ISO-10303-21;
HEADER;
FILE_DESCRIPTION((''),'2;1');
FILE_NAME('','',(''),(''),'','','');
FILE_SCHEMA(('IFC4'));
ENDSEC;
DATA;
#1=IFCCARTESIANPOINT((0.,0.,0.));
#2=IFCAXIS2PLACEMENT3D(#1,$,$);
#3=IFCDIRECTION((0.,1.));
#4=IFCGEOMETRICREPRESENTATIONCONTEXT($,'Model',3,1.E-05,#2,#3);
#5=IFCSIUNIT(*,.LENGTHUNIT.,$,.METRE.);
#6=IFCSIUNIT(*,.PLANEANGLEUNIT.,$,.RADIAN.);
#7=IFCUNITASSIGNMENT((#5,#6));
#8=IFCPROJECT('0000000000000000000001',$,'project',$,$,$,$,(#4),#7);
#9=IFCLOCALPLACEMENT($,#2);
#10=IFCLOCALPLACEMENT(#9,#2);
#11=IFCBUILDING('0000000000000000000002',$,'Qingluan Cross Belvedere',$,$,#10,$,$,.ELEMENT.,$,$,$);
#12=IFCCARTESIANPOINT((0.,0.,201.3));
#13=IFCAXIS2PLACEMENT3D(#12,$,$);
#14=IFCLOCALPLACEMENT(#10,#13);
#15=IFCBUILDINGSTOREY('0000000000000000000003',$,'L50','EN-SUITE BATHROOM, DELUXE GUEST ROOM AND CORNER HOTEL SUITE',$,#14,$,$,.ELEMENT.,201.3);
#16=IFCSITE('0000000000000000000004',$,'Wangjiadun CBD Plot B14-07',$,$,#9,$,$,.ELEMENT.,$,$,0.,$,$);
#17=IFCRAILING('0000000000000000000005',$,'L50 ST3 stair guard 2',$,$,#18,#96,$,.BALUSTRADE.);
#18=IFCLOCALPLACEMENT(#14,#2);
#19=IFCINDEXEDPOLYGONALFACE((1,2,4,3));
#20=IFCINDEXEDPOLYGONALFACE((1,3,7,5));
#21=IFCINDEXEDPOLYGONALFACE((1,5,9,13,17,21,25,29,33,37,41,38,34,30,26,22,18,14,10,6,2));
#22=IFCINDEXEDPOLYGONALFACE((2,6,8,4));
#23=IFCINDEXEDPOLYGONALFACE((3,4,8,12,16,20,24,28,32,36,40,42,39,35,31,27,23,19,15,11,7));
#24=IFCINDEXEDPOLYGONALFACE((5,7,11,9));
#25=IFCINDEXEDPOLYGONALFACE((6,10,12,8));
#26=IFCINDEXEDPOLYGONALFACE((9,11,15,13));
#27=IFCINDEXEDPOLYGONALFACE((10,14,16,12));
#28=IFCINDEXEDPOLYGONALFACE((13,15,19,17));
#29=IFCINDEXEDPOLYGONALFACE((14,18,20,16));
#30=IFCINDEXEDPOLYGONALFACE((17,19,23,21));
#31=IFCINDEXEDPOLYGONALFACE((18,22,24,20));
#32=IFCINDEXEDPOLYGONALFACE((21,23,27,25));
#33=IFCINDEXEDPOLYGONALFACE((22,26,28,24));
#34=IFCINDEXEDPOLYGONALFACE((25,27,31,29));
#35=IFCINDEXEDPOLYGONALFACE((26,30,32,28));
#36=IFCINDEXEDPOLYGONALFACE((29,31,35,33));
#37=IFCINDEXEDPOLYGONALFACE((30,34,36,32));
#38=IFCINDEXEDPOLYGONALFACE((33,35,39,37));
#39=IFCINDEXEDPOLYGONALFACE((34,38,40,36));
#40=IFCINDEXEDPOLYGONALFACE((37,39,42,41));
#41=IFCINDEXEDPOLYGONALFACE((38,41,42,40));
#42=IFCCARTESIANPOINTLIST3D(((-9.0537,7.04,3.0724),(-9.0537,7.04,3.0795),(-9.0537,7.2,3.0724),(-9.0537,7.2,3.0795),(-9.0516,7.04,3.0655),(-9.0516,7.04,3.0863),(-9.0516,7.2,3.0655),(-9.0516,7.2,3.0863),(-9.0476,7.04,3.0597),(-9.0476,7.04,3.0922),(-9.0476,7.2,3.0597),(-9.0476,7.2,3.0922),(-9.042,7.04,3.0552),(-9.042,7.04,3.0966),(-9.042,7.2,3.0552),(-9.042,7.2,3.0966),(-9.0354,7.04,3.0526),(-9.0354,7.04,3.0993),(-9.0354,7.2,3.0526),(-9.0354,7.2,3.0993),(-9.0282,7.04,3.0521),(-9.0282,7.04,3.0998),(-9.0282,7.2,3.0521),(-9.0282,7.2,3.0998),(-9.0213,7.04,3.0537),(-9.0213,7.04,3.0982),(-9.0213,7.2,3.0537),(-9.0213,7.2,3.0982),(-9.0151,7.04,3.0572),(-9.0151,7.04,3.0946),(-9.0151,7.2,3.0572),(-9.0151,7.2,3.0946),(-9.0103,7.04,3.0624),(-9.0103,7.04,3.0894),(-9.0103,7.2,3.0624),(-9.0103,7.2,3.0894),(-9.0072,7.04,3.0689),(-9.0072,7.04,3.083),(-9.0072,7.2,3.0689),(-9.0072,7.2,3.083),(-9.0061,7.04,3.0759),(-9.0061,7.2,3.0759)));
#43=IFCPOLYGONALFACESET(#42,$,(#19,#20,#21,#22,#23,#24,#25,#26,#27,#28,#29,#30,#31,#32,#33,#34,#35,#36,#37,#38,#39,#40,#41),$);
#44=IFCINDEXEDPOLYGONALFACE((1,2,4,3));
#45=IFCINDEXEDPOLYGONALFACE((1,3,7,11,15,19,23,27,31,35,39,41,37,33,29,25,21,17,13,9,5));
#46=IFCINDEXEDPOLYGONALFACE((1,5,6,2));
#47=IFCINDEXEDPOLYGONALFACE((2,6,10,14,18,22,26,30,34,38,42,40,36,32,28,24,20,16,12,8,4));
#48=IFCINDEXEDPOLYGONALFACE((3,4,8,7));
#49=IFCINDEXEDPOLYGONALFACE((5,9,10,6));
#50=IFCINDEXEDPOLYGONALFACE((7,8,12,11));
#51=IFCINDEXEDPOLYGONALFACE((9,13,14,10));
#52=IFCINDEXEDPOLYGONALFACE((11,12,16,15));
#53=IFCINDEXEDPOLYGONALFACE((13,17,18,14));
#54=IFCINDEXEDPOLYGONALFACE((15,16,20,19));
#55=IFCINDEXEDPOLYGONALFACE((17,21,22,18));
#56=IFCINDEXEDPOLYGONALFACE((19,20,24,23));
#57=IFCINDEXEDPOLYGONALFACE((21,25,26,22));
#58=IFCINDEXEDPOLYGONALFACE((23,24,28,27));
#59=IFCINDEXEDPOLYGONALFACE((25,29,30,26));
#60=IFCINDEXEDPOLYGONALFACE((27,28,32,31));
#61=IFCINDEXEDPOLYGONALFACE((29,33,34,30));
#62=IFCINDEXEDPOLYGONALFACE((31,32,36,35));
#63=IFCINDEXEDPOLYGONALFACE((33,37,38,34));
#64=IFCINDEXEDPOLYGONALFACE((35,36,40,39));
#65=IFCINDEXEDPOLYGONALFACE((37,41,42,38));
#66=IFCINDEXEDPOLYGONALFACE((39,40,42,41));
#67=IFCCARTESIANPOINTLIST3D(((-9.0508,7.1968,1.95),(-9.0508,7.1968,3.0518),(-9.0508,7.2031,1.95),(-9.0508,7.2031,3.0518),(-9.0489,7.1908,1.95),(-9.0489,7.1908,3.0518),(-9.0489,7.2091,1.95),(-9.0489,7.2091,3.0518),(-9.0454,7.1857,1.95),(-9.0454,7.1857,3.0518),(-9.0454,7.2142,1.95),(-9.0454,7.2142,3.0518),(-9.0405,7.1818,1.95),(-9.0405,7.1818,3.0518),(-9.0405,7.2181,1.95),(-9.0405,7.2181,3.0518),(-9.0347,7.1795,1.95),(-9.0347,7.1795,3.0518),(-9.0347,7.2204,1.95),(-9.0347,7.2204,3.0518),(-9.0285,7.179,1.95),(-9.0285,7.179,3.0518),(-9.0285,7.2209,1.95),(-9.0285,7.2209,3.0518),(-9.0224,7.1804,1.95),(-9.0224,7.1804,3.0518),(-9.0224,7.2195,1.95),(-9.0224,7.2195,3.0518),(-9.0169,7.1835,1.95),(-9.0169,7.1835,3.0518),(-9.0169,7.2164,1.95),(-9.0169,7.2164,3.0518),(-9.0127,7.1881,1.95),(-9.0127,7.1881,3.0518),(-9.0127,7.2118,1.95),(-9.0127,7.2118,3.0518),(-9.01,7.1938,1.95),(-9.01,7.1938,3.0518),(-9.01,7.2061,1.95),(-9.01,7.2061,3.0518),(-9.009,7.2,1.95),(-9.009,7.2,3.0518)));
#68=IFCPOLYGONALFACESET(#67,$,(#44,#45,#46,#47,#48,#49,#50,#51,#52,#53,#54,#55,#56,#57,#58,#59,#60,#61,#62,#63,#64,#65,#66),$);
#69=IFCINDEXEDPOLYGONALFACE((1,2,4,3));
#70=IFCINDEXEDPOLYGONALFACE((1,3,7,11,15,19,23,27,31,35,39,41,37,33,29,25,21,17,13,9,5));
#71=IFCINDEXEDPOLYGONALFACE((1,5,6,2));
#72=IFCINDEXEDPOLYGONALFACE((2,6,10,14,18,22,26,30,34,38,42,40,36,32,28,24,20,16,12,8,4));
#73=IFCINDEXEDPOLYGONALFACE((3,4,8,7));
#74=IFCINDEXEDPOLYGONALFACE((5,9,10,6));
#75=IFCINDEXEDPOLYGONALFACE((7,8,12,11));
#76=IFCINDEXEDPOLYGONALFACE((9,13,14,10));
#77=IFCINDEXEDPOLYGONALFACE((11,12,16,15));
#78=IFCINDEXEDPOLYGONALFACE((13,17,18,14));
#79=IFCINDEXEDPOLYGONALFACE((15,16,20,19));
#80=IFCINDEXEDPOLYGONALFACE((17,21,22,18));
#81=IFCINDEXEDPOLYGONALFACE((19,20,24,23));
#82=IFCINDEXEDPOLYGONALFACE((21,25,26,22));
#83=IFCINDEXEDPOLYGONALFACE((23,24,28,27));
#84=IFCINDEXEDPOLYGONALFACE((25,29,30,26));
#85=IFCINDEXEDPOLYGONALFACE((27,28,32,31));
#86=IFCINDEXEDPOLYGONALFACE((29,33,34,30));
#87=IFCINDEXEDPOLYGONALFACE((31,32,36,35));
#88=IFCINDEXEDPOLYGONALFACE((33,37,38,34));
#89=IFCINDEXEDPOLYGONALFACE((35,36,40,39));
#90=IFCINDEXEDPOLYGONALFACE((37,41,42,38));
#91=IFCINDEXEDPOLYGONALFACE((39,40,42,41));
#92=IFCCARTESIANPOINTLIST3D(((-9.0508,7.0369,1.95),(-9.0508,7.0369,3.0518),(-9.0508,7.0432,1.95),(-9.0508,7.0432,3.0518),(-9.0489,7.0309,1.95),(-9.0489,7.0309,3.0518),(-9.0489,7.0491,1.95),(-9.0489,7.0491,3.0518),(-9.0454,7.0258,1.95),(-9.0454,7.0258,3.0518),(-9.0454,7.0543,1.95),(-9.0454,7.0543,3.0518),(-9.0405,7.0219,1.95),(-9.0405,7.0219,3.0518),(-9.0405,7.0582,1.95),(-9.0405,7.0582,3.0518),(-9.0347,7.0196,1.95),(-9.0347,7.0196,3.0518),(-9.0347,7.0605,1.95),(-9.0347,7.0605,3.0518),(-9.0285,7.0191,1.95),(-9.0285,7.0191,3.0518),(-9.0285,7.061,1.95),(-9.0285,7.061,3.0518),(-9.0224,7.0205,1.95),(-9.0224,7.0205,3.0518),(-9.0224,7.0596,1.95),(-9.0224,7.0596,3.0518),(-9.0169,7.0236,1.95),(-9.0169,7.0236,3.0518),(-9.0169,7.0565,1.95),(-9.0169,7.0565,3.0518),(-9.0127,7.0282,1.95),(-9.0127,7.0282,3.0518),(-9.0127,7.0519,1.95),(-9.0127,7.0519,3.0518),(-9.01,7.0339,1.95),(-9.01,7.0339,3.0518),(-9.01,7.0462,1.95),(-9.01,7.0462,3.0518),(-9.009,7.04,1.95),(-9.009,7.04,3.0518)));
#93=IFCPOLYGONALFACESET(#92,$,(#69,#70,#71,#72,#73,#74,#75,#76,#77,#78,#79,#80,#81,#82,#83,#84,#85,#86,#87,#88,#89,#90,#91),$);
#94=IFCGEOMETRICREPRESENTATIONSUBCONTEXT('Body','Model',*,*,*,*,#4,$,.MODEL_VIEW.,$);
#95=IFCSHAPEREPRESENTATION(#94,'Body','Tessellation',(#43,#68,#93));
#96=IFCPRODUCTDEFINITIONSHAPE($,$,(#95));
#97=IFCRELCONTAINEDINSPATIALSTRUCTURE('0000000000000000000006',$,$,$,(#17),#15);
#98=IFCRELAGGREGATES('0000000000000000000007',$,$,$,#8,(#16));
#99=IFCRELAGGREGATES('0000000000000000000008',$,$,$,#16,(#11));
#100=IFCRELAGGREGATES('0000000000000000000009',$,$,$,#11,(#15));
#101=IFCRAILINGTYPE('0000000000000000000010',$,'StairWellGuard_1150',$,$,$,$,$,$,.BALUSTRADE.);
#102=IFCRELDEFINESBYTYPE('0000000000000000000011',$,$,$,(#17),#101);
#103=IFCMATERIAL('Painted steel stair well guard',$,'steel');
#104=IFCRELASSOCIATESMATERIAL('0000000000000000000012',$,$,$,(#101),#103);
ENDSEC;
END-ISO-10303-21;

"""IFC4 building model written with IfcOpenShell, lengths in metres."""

from ifc_helpers import new_model, si_unit, direction, frame, origin, origin_2d, place, context, subcontext, project, spatial, circle, extrude, material, type_object, element, save


model = new_model("IFC4")

# Units and contexts
model_context = context("Model", 3, precision=1e-05, world=origin(), true_north=direction((0.0, 1.0)))
body_context = subcontext(model_context, "Body", "Model", "MODEL_VIEW")
ifc_project = project(units=[si_unit("LENGTHUNIT", "METRE"), si_unit("PLANEANGLEUNIT", "RADIAN")], contexts=[model_context])

# Site, building, storey
site_placement = place(None, origin())
site = spatial("IfcSite", under=ifc_project, at=site_placement, Name="Wangjiadun CBD Plot B14-07", CompositionType="ELEMENT", RefElevation=0.0)
building_placement = place(site_placement, origin())
building = spatial("IfcBuilding", under=site, at=building_placement, Name="Qingluan Cross Belvedere", CompositionType="ELEMENT")
storey_placement = place(building_placement, frame((0.0, 0.0, 201.3)))
storey = spatial("IfcBuildingStorey", under=building, at=storey_placement, Name="L50", Description="EN-SUITE BATHROOM, DELUXE GUEST ROOM AND CORNER HOTEL SUITE", CompositionType="ELEMENT", Elevation=201.3)

# Railing
ifc_material_1 = material(Name="Painted steel stair well guard", Category="steel")
railing_type_1 = type_object("IfcRailingType", Name="StairWellGuard_1150", PredefinedType="BALUSTRADE", material=ifc_material_1)
railing_1_placement = place(storey_placement, frame((-9.03, 7.2, 1.95)))
element("IfcRailing", 1, at=railing_1_placement, inside=storey, type_object=railing_type_1, Name="L50 ST3 stair guard 2", PredefinedType="BALUSTRADE", context=body_context, shape_type="SweptSolid", body=[
    extrude(circle(Radius=0.0239, at=origin_2d()), frame((0.0, 0.0, 1.126), z_axis=(0.0, -1.0, 0.0), x_axis=(1.0, 0.0, 0.0)), (0.0, 0.0, 1.0), 0.1599),
    extrude(circle(Radius=0.021, at=origin_2d()), origin(), (0.0, 0.0, 1.0), 1.1018),
    extrude(circle(Radius=0.021, at=origin_2d()), frame((0.0, -0.1599, 0.0)), (0.0, 0.0, 1.0), 1.1018),
])

save(model, "model.ifc")
